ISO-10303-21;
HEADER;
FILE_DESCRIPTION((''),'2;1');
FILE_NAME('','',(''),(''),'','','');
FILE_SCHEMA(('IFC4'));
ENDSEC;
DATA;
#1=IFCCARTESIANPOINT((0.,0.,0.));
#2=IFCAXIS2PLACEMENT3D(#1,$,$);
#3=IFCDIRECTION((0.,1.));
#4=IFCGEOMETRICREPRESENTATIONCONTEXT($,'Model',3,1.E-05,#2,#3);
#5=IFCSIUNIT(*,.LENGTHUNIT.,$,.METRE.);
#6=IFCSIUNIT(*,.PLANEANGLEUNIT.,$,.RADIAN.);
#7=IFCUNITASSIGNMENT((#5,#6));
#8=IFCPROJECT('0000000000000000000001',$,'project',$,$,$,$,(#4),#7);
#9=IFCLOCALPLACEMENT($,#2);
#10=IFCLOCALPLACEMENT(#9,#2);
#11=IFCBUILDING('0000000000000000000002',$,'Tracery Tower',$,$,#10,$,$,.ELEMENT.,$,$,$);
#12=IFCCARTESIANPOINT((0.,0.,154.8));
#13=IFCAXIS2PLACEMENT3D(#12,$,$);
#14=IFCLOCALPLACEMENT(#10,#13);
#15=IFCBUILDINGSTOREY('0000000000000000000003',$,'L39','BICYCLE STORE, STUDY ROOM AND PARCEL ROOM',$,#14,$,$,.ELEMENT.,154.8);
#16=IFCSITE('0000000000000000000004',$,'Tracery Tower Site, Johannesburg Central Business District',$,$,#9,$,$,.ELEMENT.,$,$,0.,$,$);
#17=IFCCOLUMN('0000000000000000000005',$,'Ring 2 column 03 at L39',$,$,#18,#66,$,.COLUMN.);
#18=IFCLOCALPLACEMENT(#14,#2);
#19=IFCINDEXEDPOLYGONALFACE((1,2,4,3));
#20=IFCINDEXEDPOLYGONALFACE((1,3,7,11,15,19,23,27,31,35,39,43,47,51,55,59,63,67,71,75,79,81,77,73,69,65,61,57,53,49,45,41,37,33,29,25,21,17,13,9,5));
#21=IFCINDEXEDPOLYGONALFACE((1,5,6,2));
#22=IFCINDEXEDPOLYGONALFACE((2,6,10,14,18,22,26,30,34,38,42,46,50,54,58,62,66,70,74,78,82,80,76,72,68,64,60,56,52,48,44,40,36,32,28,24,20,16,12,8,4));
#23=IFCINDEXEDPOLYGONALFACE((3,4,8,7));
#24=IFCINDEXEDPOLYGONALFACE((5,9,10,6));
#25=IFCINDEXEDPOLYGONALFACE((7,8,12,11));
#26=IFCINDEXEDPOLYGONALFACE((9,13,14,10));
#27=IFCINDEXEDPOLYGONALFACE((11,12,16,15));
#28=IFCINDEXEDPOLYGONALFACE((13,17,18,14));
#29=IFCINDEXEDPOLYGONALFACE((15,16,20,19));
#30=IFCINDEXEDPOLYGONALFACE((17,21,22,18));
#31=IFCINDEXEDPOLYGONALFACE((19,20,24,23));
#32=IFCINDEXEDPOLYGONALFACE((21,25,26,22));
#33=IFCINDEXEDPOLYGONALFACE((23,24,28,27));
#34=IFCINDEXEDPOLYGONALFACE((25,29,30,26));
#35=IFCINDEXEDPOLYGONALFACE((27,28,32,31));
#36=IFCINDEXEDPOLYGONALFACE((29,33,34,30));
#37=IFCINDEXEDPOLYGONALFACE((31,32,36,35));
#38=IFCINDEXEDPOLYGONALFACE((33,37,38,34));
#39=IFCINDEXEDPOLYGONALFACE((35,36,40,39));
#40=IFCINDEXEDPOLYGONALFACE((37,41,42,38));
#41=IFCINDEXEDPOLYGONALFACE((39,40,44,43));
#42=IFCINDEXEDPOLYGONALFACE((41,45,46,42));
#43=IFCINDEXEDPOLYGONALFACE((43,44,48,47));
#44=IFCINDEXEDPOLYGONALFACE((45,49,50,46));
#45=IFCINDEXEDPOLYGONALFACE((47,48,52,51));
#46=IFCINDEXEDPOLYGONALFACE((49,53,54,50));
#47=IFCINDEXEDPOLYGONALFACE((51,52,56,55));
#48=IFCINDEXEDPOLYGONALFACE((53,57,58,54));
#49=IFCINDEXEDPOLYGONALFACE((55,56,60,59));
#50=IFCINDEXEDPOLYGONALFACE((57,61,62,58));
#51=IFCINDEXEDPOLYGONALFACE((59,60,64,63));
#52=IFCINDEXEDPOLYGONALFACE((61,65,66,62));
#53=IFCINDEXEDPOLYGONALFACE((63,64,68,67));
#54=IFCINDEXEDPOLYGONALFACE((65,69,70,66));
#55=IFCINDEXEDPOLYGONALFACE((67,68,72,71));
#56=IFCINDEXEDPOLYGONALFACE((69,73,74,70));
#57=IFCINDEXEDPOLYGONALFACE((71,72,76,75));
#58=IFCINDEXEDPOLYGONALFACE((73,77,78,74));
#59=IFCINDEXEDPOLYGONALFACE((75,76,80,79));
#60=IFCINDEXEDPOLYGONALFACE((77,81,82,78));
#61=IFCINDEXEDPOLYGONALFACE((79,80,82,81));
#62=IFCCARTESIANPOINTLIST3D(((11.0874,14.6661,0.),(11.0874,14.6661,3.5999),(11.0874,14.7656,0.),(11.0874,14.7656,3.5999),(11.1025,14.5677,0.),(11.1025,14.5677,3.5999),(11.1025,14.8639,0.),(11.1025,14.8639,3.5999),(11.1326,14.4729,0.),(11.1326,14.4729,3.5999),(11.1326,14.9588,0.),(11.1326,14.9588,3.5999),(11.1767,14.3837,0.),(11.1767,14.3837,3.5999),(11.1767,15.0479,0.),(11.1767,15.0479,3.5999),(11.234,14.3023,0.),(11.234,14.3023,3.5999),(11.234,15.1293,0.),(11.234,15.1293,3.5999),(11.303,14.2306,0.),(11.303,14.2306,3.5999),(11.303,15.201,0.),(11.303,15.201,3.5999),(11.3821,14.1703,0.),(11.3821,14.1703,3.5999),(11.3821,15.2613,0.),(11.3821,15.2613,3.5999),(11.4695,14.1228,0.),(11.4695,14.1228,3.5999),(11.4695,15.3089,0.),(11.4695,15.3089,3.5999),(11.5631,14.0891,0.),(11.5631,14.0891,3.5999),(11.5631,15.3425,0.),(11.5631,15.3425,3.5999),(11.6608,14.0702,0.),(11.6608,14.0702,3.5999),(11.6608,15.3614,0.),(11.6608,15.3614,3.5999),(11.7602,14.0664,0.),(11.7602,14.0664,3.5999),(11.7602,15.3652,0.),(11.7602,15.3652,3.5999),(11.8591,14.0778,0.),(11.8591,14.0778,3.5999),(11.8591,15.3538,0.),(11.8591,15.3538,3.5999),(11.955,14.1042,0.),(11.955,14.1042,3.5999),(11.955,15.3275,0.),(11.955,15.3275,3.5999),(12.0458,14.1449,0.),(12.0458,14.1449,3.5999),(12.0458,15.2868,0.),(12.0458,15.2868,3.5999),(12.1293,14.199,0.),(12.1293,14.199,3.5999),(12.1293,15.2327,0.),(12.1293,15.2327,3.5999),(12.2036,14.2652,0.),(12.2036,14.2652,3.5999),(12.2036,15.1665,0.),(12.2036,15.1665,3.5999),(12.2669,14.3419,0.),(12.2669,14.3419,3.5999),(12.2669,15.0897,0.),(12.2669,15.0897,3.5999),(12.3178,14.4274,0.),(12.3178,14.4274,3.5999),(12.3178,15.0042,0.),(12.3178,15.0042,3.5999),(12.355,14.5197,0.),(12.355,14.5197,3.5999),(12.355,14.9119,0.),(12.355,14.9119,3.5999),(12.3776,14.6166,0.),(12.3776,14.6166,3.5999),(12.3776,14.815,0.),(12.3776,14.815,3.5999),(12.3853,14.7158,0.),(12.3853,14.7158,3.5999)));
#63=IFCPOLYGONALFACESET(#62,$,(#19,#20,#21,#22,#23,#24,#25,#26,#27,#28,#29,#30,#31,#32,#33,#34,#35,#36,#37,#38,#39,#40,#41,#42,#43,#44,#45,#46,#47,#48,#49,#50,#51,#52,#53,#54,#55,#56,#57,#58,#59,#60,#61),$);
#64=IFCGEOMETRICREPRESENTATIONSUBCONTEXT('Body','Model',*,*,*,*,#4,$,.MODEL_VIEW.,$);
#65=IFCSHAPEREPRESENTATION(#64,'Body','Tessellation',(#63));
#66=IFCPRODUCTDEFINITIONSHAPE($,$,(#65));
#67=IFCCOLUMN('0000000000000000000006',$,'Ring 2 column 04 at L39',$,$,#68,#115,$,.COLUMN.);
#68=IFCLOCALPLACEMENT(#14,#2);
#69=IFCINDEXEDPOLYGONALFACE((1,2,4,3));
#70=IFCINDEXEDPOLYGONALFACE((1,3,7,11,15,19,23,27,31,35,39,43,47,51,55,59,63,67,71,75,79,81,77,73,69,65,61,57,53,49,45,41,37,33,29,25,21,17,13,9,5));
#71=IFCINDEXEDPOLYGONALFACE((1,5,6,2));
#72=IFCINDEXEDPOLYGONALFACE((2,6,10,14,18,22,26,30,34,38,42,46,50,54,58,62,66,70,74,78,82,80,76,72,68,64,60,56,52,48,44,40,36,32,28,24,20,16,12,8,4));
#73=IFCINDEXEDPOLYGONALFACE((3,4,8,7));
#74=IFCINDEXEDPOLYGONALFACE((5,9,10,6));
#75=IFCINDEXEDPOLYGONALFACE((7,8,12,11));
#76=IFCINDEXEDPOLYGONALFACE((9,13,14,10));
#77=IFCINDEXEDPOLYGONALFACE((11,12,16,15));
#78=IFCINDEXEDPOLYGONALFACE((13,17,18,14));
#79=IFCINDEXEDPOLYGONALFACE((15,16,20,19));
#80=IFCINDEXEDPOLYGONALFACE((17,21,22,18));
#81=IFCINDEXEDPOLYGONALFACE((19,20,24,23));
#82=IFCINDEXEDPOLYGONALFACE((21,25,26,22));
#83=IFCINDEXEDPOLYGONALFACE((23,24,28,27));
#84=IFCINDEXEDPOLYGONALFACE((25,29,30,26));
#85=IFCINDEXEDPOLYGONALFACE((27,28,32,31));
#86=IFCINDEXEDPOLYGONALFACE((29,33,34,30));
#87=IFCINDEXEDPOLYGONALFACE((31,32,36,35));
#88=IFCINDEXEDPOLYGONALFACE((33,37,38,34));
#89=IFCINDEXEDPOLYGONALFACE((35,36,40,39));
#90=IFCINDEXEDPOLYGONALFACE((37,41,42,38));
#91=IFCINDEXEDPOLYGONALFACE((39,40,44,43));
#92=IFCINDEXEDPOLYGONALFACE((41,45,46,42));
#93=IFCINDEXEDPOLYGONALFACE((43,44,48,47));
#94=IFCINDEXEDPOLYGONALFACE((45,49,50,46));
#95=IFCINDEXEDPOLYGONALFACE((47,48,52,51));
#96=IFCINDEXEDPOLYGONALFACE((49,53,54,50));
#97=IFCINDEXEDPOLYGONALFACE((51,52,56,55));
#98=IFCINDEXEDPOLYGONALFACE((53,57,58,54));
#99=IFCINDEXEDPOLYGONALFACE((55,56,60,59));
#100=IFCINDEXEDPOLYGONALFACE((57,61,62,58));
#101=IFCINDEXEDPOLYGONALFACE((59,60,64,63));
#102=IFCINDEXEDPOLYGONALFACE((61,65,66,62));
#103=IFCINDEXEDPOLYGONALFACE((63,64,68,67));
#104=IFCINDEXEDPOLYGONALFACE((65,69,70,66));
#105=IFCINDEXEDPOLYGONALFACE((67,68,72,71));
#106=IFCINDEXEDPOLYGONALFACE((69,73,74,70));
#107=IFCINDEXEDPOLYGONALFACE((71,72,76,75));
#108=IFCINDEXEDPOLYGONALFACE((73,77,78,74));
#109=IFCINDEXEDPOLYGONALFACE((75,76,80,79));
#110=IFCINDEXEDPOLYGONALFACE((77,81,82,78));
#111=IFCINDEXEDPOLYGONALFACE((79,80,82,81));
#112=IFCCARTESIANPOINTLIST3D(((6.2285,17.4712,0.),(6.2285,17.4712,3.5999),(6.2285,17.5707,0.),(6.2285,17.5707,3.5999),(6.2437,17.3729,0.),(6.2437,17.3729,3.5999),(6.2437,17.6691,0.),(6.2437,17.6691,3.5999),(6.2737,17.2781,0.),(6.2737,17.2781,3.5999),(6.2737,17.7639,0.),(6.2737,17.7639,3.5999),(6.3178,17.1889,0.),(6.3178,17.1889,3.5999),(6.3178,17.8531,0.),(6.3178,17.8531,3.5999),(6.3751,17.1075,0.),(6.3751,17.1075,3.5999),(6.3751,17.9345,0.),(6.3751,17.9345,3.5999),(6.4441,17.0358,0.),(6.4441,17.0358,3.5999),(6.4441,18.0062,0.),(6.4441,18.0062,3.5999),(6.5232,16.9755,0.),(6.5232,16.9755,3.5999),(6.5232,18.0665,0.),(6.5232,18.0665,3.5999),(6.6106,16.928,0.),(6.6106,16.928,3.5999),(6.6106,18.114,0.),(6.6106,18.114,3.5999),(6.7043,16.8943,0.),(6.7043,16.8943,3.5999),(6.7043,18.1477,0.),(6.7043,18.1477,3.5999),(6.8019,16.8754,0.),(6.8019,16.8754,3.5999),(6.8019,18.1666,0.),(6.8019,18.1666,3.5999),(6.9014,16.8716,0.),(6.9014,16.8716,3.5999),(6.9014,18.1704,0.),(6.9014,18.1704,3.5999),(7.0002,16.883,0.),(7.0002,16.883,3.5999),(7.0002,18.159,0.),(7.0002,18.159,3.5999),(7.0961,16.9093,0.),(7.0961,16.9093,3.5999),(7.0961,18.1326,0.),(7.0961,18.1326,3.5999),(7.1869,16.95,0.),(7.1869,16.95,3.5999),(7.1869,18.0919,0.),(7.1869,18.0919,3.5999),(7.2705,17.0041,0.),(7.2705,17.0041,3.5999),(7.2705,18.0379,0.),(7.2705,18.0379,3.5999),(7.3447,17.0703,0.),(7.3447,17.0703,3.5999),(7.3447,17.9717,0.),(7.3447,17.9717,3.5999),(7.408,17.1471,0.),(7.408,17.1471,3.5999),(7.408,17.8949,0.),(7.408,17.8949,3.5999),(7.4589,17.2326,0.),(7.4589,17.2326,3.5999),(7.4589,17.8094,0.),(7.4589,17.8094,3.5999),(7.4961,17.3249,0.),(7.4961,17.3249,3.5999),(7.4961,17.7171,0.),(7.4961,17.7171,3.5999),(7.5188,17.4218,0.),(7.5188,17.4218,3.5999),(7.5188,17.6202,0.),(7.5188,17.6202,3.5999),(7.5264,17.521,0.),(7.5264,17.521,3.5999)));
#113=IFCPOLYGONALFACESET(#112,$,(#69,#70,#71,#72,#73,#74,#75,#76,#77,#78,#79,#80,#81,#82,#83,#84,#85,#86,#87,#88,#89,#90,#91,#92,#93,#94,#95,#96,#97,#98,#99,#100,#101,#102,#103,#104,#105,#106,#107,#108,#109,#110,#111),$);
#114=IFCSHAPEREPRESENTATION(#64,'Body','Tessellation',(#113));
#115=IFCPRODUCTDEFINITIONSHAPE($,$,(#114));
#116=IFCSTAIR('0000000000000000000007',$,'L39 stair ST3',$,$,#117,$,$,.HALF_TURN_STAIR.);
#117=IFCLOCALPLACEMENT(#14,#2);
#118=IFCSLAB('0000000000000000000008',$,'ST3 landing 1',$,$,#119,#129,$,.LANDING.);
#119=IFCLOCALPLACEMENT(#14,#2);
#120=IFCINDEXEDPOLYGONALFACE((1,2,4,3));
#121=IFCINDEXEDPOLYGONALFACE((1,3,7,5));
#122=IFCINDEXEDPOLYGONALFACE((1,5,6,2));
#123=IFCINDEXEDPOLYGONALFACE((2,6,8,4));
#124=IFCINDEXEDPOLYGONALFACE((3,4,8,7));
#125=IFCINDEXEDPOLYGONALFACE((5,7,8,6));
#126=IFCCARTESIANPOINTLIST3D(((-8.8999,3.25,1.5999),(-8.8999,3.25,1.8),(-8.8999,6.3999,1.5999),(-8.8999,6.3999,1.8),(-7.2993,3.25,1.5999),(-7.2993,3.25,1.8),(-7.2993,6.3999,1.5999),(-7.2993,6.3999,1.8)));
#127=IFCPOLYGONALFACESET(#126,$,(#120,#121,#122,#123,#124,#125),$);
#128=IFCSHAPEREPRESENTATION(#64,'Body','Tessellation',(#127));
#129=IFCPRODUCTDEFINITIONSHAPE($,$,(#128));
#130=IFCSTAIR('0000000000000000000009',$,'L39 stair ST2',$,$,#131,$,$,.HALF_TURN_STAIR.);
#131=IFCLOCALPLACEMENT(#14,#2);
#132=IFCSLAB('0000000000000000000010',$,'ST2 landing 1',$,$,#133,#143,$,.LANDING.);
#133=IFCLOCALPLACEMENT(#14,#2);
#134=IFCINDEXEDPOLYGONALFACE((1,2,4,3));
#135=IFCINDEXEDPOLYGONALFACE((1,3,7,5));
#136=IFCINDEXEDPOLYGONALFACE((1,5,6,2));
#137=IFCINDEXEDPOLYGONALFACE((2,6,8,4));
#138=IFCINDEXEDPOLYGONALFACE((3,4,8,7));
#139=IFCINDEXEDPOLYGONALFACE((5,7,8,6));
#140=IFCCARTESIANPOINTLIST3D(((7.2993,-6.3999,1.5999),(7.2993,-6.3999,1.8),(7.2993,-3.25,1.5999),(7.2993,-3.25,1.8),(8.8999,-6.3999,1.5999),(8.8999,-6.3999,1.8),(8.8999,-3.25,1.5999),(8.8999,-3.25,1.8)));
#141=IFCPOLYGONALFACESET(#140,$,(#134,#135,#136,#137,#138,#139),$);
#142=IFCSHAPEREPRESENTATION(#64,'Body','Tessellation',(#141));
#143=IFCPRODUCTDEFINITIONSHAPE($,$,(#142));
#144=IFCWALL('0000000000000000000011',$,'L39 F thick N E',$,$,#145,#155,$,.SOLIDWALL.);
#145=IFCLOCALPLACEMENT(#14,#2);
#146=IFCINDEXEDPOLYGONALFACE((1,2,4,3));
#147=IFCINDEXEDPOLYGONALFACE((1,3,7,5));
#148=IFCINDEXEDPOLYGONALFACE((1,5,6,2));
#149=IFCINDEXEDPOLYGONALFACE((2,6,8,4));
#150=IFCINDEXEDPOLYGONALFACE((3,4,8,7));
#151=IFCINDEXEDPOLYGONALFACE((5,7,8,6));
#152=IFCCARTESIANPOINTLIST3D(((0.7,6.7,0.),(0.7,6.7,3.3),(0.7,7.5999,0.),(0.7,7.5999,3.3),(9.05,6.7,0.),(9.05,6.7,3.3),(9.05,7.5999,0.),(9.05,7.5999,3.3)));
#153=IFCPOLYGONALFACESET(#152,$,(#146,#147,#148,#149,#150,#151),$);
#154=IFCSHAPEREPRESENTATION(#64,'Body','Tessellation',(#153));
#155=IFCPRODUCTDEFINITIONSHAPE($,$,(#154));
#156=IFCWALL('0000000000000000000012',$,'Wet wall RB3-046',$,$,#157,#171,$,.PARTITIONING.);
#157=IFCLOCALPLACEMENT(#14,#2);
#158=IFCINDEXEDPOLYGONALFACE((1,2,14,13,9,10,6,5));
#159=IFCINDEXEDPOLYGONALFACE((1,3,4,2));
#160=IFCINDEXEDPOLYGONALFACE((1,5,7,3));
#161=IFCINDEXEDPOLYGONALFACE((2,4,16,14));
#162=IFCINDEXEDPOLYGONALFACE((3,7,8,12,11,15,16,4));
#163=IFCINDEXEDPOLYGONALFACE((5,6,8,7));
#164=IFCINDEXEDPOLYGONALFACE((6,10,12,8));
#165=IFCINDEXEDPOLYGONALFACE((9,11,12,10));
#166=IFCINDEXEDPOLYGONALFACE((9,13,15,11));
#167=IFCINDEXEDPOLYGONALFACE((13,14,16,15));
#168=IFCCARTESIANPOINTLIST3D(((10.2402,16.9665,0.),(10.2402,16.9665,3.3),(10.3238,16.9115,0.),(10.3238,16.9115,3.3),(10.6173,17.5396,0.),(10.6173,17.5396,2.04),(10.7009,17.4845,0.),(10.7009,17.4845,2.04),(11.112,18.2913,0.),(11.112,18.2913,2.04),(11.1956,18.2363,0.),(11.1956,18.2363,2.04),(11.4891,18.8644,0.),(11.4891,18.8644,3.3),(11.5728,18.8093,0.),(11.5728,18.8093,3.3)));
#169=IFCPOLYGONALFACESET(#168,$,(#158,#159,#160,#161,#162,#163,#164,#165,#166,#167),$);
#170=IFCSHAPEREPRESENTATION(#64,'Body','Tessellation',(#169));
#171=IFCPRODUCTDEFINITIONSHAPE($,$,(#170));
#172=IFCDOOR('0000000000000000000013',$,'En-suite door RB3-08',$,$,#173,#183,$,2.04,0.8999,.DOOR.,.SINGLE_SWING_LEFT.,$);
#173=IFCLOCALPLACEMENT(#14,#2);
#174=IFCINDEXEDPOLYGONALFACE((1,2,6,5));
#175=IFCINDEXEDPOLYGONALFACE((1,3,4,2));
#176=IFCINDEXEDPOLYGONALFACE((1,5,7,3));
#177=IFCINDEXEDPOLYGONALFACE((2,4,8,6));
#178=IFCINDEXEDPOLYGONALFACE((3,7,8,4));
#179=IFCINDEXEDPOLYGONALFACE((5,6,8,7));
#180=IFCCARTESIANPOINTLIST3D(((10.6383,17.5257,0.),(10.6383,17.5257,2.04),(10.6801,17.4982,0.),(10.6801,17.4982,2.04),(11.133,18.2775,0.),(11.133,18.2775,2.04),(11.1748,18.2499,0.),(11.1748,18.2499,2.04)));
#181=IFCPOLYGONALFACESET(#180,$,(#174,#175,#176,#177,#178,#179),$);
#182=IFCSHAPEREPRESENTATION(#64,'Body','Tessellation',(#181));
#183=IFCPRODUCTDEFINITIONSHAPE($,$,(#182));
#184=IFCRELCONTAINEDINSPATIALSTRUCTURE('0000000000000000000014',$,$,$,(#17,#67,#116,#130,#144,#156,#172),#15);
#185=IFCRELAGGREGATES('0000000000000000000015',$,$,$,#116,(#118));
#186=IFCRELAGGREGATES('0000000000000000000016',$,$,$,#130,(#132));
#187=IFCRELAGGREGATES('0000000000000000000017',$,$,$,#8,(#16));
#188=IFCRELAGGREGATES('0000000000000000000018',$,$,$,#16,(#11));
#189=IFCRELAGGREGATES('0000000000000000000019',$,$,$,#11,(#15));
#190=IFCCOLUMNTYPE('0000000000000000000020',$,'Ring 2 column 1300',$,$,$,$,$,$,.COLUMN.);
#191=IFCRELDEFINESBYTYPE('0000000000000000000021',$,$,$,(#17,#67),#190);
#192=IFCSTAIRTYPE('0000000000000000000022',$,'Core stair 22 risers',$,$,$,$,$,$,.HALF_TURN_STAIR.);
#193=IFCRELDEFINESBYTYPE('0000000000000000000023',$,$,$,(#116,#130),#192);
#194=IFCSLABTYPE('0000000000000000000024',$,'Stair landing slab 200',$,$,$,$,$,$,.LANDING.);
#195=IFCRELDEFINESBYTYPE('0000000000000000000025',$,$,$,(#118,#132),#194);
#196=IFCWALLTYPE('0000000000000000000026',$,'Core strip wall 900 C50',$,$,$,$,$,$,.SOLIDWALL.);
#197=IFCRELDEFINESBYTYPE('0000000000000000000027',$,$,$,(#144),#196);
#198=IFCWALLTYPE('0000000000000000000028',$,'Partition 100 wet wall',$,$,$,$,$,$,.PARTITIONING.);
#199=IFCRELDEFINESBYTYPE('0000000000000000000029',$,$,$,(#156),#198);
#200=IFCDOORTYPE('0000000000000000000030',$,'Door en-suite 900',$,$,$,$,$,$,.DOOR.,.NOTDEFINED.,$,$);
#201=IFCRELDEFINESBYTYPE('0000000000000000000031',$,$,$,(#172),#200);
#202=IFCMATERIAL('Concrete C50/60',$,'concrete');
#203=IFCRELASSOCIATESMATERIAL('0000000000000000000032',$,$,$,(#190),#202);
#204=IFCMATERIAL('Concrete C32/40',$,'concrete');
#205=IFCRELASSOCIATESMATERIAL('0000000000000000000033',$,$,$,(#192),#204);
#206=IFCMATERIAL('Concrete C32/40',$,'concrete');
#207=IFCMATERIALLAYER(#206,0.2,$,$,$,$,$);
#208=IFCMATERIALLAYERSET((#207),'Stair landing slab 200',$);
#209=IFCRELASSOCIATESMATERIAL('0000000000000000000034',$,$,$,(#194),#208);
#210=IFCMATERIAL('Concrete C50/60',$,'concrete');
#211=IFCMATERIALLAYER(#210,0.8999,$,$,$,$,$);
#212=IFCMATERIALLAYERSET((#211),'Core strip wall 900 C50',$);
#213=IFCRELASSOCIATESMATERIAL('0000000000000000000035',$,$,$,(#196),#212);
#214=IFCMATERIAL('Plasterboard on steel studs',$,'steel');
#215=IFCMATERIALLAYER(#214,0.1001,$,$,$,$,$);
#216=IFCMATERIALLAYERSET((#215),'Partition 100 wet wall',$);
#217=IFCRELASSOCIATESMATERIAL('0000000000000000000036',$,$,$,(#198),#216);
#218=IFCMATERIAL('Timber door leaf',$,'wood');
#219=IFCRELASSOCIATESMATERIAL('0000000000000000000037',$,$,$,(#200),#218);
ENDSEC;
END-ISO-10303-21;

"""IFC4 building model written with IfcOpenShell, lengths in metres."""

from ifc_helpers import new_model, si_unit, direction, frame, frame_2d, origin, origin_2d, place, context, subcontext, project, spatial, polyline, rectangle, circle, outline, extrude, material, layer, layer_set, material_profile, profile_set, type_object, element, fill, aggregate, save


model = new_model("IFC4")

# Units and contexts
model_context = context("Model", 3, precision=1e-05, world=origin(), true_north=direction((0.0, 1.0)))
body_context = subcontext(model_context, "Body", "Model", "MODEL_VIEW")
ifc_project = project(units=[si_unit("LENGTHUNIT", "METRE"), si_unit("PLANEANGLEUNIT", "RADIAN")], contexts=[model_context])

# Site, building, storey
site_placement = place(None, origin())
site = spatial("IfcSite", under=ifc_project, at=site_placement, Name="Tracery Tower Site, Johannesburg Central Business District", CompositionType="ELEMENT", RefElevation=0.0)
building_placement = place(site_placement, origin())
building = spatial("IfcBuilding", under=site, at=building_placement, Name="Tracery Tower", CompositionType="ELEMENT")
storey_placement = place(building_placement, frame((0.0, 0.0, 154.8)))
storey = spatial("IfcBuildingStorey", under=building, at=storey_placement, Name="L39", Description="BICYCLE STORE, STUDY ROOM AND PARCEL ROOM", CompositionType="ELEMENT", Elevation=154.8)

# Columns
ifc_material_1 = material(Name="Concrete C50/60", Category="concrete")
ifc_material_profile = material_profile(ifc_material_1, circle(Radius=0.6499, at=origin_2d()), Name="RC D1300")
ifc_profile_set = profile_set([ifc_material_profile], Name="Concrete C50/60")
column_type = type_object("IfcColumnType", Name="Ring 2 column 1300", PredefinedType="COLUMN", material=ifc_profile_set)
for number, where, z_axis, x_axis, name in (
    (1, (11.7354, 14.7158, 0.0), (0.0, 0.0, 1.0), (1.0, 0.0, 0.0), "Ring 2 column 03 at L39"),
    (2, (6.8765, 17.521, 0.0), (0.0, 0.0, 1.0), (1.0, 0.0, 0.0), "Ring 2 column 04 at L39"),
):
    element("IfcColumn", number, at=place(storey_placement, frame(where, z_axis=z_axis, x_axis=x_axis)), inside=storey, type_object=column_type, Name=name, PredefinedType="COLUMN", context=body_context, shape_type="SweptSolid", body=[
        extrude(circle(Radius=0.6499, at=origin_2d()), origin(), (0.0, 0.0, 1.0), 3.5999),
    ])

# Stairs, slabs
ifc_material_2 = material(Name="Concrete C32/40", Category="concrete")
stair_type = type_object("IfcStairType", Name="Core stair 22 risers", PredefinedType="HALF_TURN_STAIR", material=ifc_material_2)
stair_1_placement = place(storey_placement, origin())
stair_1 = element("IfcStair", 3, at=stair_1_placement, inside=storey, type_object=stair_type, Name="L39 stair ST3", PredefinedType="HALF_TURN_STAIR")
ifc_material_3 = material(Name="Concrete C32/40", Category="concrete")
ifc_layer_1 = layer(ifc_material_3, 0.2)
ifc_layer_set_1 = layer_set([ifc_layer_1], Name="Stair landing slab 200")
slab_type = type_object("IfcSlabType", Name="Stair landing slab 200", PredefinedType="LANDING", material=ifc_layer_set_1)
slab_1_placement = place(storey_placement, frame((0.0, 0.0, 1.5999)))
slab_1 = element("IfcSlab", 4, at=slab_1_placement, type_object=slab_type, Name="ST3 landing 1", PredefinedType="LANDING", context=body_context, shape_type="SweptSolid", body=[
    extrude(outline(polyline([(-7.2993, 6.3999), (-8.8999, 6.3999), (-8.8999, 3.25), (-7.2993, 3.25), (-7.2993, 6.3999)])), origin(), (0.0, 0.0, 1.0), 0.2002),
])
aggregate(stair_1, [slab_1])
stair_2_placement = place(storey_placement, origin())
stair_2 = element("IfcStair", 5, at=stair_2_placement, inside=storey, type_object=stair_type, Name="L39 stair ST2", PredefinedType="HALF_TURN_STAIR")
slab_2_placement = place(storey_placement, frame((0.0, 0.0, 1.5999)))
slab_2 = element("IfcSlab", 6, at=slab_2_placement, type_object=slab_type, Name="ST2 landing 1", PredefinedType="LANDING", context=body_context, shape_type="SweptSolid", body=[
    extrude(outline(polyline([(7.2993, -6.3999), (8.8999, -6.3999), (8.8999, -3.25), (7.2993, -3.25), (7.2993, -6.3999)])), origin(), (0.0, 0.0, 1.0), 0.2002),
])
aggregate(stair_2, [slab_2])

# Wall
ifc_material_4 = material(Name="Concrete C50/60", Category="concrete")
ifc_layer_2 = layer(ifc_material_4, 0.8999)
ifc_layer_set_2 = layer_set([ifc_layer_2], Name="Core strip wall 900 C50")
wall_type_1 = type_object("IfcWallType", Name="Core strip wall 900 C50", PredefinedType="SOLIDWALL", material=ifc_layer_set_2)
wall_1_placement = place(storey_placement, frame((0.7, 7.1499, 0.0), z_axis=(0.0, 0.0, 1.0), x_axis=(1.0, 0.0, 0.0)))
element("IfcWall", 7, at=wall_1_placement, inside=storey, type_object=wall_type_1, Name="L39 F thick N E", PredefinedType="SOLIDWALL", context=body_context, shape_type="SweptSolid", body=[
    extrude(rectangle(XDim=8.3501, YDim=0.8999, at=frame_2d((4.175, 0.0))), origin(), (0.0, 0.0, 1.0), 3.3),
])

# Wall, opening, door
ifc_material_5 = material(Name="Plasterboard on steel studs", Category="steel")
ifc_layer_3 = layer(ifc_material_5, 0.1001)
ifc_layer_set_3 = layer_set([ifc_layer_3], Name="Partition 100 wet wall")
wall_type_2 = type_object("IfcWallType", Name="Partition 100 wet wall", PredefinedType="PARTITIONING", material=ifc_layer_set_3)
wall_2_placement = place(storey_placement, frame((10.282, 16.939, 0.0), z_axis=(0.0, 0.0, 1.0), x_axis=(0.549731, 0.835342, 0.0)))
wall_2 = element("IfcWall", 8, at=wall_2_placement, inside=storey, type_object=wall_type_2, Name="Wet wall RB3-046", PredefinedType="PARTITIONING", context=body_context, shape_type="SweptSolid", body=[
    extrude(rectangle(XDim=2.272, YDim=0.1001, at=frame_2d((1.136, 0.0))), origin(), (0.0, 0.0, 1.0), 3.3),
])
opening_1_placement = place(wall_2_placement, frame((0.686, 0.0, 0.0)))
opening_1 = element("IfcOpeningElement", 9, at=opening_1_placement, cuts=wall_2, PredefinedType="OPENING", context=body_context, shape_type="SweptSolid", body=[
    extrude(rectangle(XDim=0.8999, YDim=2.04, at=frame_2d((0.45, 1.02))), frame((0.0, 0.05, 0.0), z_axis=(0.0, -1.0, 0.0), x_axis=(1.0, 0.0, 0.0)), (0.0, 0.0, 1.0), 0.1001),
])
ifc_material_6 = material(Name="Timber door leaf", Category="wood")
door_type_1 = type_object("IfcDoorType", Name="Door en-suite 900", OperationType="NOTDEFINED", PredefinedType="DOOR", material=ifc_material_6)
door_1_placement = place(opening_1_placement, origin())
door_1 = element("IfcDoor", 10, at=door_1_placement, inside=storey, type_object=door_type_1, Name="En-suite door RB3-08", OperationType="SINGLE_SWING_LEFT", OverallHeight=2.04, OverallWidth=0.8999, PredefinedType="DOOR", context=body_context, shape_type="SweptSolid", body=[
    extrude(rectangle(XDim=0.8999, YDim=2.04, at=frame_2d((0.45, 1.02))), frame((0.0, 0.0249, 0.0), z_axis=(0.0, -1.0, 0.0), x_axis=(1.0, 0.0, 0.0)), (0.0, 0.0, 1.0), 0.05),
])
fill(opening_1, door_1)

save(model, "model.ifc")
